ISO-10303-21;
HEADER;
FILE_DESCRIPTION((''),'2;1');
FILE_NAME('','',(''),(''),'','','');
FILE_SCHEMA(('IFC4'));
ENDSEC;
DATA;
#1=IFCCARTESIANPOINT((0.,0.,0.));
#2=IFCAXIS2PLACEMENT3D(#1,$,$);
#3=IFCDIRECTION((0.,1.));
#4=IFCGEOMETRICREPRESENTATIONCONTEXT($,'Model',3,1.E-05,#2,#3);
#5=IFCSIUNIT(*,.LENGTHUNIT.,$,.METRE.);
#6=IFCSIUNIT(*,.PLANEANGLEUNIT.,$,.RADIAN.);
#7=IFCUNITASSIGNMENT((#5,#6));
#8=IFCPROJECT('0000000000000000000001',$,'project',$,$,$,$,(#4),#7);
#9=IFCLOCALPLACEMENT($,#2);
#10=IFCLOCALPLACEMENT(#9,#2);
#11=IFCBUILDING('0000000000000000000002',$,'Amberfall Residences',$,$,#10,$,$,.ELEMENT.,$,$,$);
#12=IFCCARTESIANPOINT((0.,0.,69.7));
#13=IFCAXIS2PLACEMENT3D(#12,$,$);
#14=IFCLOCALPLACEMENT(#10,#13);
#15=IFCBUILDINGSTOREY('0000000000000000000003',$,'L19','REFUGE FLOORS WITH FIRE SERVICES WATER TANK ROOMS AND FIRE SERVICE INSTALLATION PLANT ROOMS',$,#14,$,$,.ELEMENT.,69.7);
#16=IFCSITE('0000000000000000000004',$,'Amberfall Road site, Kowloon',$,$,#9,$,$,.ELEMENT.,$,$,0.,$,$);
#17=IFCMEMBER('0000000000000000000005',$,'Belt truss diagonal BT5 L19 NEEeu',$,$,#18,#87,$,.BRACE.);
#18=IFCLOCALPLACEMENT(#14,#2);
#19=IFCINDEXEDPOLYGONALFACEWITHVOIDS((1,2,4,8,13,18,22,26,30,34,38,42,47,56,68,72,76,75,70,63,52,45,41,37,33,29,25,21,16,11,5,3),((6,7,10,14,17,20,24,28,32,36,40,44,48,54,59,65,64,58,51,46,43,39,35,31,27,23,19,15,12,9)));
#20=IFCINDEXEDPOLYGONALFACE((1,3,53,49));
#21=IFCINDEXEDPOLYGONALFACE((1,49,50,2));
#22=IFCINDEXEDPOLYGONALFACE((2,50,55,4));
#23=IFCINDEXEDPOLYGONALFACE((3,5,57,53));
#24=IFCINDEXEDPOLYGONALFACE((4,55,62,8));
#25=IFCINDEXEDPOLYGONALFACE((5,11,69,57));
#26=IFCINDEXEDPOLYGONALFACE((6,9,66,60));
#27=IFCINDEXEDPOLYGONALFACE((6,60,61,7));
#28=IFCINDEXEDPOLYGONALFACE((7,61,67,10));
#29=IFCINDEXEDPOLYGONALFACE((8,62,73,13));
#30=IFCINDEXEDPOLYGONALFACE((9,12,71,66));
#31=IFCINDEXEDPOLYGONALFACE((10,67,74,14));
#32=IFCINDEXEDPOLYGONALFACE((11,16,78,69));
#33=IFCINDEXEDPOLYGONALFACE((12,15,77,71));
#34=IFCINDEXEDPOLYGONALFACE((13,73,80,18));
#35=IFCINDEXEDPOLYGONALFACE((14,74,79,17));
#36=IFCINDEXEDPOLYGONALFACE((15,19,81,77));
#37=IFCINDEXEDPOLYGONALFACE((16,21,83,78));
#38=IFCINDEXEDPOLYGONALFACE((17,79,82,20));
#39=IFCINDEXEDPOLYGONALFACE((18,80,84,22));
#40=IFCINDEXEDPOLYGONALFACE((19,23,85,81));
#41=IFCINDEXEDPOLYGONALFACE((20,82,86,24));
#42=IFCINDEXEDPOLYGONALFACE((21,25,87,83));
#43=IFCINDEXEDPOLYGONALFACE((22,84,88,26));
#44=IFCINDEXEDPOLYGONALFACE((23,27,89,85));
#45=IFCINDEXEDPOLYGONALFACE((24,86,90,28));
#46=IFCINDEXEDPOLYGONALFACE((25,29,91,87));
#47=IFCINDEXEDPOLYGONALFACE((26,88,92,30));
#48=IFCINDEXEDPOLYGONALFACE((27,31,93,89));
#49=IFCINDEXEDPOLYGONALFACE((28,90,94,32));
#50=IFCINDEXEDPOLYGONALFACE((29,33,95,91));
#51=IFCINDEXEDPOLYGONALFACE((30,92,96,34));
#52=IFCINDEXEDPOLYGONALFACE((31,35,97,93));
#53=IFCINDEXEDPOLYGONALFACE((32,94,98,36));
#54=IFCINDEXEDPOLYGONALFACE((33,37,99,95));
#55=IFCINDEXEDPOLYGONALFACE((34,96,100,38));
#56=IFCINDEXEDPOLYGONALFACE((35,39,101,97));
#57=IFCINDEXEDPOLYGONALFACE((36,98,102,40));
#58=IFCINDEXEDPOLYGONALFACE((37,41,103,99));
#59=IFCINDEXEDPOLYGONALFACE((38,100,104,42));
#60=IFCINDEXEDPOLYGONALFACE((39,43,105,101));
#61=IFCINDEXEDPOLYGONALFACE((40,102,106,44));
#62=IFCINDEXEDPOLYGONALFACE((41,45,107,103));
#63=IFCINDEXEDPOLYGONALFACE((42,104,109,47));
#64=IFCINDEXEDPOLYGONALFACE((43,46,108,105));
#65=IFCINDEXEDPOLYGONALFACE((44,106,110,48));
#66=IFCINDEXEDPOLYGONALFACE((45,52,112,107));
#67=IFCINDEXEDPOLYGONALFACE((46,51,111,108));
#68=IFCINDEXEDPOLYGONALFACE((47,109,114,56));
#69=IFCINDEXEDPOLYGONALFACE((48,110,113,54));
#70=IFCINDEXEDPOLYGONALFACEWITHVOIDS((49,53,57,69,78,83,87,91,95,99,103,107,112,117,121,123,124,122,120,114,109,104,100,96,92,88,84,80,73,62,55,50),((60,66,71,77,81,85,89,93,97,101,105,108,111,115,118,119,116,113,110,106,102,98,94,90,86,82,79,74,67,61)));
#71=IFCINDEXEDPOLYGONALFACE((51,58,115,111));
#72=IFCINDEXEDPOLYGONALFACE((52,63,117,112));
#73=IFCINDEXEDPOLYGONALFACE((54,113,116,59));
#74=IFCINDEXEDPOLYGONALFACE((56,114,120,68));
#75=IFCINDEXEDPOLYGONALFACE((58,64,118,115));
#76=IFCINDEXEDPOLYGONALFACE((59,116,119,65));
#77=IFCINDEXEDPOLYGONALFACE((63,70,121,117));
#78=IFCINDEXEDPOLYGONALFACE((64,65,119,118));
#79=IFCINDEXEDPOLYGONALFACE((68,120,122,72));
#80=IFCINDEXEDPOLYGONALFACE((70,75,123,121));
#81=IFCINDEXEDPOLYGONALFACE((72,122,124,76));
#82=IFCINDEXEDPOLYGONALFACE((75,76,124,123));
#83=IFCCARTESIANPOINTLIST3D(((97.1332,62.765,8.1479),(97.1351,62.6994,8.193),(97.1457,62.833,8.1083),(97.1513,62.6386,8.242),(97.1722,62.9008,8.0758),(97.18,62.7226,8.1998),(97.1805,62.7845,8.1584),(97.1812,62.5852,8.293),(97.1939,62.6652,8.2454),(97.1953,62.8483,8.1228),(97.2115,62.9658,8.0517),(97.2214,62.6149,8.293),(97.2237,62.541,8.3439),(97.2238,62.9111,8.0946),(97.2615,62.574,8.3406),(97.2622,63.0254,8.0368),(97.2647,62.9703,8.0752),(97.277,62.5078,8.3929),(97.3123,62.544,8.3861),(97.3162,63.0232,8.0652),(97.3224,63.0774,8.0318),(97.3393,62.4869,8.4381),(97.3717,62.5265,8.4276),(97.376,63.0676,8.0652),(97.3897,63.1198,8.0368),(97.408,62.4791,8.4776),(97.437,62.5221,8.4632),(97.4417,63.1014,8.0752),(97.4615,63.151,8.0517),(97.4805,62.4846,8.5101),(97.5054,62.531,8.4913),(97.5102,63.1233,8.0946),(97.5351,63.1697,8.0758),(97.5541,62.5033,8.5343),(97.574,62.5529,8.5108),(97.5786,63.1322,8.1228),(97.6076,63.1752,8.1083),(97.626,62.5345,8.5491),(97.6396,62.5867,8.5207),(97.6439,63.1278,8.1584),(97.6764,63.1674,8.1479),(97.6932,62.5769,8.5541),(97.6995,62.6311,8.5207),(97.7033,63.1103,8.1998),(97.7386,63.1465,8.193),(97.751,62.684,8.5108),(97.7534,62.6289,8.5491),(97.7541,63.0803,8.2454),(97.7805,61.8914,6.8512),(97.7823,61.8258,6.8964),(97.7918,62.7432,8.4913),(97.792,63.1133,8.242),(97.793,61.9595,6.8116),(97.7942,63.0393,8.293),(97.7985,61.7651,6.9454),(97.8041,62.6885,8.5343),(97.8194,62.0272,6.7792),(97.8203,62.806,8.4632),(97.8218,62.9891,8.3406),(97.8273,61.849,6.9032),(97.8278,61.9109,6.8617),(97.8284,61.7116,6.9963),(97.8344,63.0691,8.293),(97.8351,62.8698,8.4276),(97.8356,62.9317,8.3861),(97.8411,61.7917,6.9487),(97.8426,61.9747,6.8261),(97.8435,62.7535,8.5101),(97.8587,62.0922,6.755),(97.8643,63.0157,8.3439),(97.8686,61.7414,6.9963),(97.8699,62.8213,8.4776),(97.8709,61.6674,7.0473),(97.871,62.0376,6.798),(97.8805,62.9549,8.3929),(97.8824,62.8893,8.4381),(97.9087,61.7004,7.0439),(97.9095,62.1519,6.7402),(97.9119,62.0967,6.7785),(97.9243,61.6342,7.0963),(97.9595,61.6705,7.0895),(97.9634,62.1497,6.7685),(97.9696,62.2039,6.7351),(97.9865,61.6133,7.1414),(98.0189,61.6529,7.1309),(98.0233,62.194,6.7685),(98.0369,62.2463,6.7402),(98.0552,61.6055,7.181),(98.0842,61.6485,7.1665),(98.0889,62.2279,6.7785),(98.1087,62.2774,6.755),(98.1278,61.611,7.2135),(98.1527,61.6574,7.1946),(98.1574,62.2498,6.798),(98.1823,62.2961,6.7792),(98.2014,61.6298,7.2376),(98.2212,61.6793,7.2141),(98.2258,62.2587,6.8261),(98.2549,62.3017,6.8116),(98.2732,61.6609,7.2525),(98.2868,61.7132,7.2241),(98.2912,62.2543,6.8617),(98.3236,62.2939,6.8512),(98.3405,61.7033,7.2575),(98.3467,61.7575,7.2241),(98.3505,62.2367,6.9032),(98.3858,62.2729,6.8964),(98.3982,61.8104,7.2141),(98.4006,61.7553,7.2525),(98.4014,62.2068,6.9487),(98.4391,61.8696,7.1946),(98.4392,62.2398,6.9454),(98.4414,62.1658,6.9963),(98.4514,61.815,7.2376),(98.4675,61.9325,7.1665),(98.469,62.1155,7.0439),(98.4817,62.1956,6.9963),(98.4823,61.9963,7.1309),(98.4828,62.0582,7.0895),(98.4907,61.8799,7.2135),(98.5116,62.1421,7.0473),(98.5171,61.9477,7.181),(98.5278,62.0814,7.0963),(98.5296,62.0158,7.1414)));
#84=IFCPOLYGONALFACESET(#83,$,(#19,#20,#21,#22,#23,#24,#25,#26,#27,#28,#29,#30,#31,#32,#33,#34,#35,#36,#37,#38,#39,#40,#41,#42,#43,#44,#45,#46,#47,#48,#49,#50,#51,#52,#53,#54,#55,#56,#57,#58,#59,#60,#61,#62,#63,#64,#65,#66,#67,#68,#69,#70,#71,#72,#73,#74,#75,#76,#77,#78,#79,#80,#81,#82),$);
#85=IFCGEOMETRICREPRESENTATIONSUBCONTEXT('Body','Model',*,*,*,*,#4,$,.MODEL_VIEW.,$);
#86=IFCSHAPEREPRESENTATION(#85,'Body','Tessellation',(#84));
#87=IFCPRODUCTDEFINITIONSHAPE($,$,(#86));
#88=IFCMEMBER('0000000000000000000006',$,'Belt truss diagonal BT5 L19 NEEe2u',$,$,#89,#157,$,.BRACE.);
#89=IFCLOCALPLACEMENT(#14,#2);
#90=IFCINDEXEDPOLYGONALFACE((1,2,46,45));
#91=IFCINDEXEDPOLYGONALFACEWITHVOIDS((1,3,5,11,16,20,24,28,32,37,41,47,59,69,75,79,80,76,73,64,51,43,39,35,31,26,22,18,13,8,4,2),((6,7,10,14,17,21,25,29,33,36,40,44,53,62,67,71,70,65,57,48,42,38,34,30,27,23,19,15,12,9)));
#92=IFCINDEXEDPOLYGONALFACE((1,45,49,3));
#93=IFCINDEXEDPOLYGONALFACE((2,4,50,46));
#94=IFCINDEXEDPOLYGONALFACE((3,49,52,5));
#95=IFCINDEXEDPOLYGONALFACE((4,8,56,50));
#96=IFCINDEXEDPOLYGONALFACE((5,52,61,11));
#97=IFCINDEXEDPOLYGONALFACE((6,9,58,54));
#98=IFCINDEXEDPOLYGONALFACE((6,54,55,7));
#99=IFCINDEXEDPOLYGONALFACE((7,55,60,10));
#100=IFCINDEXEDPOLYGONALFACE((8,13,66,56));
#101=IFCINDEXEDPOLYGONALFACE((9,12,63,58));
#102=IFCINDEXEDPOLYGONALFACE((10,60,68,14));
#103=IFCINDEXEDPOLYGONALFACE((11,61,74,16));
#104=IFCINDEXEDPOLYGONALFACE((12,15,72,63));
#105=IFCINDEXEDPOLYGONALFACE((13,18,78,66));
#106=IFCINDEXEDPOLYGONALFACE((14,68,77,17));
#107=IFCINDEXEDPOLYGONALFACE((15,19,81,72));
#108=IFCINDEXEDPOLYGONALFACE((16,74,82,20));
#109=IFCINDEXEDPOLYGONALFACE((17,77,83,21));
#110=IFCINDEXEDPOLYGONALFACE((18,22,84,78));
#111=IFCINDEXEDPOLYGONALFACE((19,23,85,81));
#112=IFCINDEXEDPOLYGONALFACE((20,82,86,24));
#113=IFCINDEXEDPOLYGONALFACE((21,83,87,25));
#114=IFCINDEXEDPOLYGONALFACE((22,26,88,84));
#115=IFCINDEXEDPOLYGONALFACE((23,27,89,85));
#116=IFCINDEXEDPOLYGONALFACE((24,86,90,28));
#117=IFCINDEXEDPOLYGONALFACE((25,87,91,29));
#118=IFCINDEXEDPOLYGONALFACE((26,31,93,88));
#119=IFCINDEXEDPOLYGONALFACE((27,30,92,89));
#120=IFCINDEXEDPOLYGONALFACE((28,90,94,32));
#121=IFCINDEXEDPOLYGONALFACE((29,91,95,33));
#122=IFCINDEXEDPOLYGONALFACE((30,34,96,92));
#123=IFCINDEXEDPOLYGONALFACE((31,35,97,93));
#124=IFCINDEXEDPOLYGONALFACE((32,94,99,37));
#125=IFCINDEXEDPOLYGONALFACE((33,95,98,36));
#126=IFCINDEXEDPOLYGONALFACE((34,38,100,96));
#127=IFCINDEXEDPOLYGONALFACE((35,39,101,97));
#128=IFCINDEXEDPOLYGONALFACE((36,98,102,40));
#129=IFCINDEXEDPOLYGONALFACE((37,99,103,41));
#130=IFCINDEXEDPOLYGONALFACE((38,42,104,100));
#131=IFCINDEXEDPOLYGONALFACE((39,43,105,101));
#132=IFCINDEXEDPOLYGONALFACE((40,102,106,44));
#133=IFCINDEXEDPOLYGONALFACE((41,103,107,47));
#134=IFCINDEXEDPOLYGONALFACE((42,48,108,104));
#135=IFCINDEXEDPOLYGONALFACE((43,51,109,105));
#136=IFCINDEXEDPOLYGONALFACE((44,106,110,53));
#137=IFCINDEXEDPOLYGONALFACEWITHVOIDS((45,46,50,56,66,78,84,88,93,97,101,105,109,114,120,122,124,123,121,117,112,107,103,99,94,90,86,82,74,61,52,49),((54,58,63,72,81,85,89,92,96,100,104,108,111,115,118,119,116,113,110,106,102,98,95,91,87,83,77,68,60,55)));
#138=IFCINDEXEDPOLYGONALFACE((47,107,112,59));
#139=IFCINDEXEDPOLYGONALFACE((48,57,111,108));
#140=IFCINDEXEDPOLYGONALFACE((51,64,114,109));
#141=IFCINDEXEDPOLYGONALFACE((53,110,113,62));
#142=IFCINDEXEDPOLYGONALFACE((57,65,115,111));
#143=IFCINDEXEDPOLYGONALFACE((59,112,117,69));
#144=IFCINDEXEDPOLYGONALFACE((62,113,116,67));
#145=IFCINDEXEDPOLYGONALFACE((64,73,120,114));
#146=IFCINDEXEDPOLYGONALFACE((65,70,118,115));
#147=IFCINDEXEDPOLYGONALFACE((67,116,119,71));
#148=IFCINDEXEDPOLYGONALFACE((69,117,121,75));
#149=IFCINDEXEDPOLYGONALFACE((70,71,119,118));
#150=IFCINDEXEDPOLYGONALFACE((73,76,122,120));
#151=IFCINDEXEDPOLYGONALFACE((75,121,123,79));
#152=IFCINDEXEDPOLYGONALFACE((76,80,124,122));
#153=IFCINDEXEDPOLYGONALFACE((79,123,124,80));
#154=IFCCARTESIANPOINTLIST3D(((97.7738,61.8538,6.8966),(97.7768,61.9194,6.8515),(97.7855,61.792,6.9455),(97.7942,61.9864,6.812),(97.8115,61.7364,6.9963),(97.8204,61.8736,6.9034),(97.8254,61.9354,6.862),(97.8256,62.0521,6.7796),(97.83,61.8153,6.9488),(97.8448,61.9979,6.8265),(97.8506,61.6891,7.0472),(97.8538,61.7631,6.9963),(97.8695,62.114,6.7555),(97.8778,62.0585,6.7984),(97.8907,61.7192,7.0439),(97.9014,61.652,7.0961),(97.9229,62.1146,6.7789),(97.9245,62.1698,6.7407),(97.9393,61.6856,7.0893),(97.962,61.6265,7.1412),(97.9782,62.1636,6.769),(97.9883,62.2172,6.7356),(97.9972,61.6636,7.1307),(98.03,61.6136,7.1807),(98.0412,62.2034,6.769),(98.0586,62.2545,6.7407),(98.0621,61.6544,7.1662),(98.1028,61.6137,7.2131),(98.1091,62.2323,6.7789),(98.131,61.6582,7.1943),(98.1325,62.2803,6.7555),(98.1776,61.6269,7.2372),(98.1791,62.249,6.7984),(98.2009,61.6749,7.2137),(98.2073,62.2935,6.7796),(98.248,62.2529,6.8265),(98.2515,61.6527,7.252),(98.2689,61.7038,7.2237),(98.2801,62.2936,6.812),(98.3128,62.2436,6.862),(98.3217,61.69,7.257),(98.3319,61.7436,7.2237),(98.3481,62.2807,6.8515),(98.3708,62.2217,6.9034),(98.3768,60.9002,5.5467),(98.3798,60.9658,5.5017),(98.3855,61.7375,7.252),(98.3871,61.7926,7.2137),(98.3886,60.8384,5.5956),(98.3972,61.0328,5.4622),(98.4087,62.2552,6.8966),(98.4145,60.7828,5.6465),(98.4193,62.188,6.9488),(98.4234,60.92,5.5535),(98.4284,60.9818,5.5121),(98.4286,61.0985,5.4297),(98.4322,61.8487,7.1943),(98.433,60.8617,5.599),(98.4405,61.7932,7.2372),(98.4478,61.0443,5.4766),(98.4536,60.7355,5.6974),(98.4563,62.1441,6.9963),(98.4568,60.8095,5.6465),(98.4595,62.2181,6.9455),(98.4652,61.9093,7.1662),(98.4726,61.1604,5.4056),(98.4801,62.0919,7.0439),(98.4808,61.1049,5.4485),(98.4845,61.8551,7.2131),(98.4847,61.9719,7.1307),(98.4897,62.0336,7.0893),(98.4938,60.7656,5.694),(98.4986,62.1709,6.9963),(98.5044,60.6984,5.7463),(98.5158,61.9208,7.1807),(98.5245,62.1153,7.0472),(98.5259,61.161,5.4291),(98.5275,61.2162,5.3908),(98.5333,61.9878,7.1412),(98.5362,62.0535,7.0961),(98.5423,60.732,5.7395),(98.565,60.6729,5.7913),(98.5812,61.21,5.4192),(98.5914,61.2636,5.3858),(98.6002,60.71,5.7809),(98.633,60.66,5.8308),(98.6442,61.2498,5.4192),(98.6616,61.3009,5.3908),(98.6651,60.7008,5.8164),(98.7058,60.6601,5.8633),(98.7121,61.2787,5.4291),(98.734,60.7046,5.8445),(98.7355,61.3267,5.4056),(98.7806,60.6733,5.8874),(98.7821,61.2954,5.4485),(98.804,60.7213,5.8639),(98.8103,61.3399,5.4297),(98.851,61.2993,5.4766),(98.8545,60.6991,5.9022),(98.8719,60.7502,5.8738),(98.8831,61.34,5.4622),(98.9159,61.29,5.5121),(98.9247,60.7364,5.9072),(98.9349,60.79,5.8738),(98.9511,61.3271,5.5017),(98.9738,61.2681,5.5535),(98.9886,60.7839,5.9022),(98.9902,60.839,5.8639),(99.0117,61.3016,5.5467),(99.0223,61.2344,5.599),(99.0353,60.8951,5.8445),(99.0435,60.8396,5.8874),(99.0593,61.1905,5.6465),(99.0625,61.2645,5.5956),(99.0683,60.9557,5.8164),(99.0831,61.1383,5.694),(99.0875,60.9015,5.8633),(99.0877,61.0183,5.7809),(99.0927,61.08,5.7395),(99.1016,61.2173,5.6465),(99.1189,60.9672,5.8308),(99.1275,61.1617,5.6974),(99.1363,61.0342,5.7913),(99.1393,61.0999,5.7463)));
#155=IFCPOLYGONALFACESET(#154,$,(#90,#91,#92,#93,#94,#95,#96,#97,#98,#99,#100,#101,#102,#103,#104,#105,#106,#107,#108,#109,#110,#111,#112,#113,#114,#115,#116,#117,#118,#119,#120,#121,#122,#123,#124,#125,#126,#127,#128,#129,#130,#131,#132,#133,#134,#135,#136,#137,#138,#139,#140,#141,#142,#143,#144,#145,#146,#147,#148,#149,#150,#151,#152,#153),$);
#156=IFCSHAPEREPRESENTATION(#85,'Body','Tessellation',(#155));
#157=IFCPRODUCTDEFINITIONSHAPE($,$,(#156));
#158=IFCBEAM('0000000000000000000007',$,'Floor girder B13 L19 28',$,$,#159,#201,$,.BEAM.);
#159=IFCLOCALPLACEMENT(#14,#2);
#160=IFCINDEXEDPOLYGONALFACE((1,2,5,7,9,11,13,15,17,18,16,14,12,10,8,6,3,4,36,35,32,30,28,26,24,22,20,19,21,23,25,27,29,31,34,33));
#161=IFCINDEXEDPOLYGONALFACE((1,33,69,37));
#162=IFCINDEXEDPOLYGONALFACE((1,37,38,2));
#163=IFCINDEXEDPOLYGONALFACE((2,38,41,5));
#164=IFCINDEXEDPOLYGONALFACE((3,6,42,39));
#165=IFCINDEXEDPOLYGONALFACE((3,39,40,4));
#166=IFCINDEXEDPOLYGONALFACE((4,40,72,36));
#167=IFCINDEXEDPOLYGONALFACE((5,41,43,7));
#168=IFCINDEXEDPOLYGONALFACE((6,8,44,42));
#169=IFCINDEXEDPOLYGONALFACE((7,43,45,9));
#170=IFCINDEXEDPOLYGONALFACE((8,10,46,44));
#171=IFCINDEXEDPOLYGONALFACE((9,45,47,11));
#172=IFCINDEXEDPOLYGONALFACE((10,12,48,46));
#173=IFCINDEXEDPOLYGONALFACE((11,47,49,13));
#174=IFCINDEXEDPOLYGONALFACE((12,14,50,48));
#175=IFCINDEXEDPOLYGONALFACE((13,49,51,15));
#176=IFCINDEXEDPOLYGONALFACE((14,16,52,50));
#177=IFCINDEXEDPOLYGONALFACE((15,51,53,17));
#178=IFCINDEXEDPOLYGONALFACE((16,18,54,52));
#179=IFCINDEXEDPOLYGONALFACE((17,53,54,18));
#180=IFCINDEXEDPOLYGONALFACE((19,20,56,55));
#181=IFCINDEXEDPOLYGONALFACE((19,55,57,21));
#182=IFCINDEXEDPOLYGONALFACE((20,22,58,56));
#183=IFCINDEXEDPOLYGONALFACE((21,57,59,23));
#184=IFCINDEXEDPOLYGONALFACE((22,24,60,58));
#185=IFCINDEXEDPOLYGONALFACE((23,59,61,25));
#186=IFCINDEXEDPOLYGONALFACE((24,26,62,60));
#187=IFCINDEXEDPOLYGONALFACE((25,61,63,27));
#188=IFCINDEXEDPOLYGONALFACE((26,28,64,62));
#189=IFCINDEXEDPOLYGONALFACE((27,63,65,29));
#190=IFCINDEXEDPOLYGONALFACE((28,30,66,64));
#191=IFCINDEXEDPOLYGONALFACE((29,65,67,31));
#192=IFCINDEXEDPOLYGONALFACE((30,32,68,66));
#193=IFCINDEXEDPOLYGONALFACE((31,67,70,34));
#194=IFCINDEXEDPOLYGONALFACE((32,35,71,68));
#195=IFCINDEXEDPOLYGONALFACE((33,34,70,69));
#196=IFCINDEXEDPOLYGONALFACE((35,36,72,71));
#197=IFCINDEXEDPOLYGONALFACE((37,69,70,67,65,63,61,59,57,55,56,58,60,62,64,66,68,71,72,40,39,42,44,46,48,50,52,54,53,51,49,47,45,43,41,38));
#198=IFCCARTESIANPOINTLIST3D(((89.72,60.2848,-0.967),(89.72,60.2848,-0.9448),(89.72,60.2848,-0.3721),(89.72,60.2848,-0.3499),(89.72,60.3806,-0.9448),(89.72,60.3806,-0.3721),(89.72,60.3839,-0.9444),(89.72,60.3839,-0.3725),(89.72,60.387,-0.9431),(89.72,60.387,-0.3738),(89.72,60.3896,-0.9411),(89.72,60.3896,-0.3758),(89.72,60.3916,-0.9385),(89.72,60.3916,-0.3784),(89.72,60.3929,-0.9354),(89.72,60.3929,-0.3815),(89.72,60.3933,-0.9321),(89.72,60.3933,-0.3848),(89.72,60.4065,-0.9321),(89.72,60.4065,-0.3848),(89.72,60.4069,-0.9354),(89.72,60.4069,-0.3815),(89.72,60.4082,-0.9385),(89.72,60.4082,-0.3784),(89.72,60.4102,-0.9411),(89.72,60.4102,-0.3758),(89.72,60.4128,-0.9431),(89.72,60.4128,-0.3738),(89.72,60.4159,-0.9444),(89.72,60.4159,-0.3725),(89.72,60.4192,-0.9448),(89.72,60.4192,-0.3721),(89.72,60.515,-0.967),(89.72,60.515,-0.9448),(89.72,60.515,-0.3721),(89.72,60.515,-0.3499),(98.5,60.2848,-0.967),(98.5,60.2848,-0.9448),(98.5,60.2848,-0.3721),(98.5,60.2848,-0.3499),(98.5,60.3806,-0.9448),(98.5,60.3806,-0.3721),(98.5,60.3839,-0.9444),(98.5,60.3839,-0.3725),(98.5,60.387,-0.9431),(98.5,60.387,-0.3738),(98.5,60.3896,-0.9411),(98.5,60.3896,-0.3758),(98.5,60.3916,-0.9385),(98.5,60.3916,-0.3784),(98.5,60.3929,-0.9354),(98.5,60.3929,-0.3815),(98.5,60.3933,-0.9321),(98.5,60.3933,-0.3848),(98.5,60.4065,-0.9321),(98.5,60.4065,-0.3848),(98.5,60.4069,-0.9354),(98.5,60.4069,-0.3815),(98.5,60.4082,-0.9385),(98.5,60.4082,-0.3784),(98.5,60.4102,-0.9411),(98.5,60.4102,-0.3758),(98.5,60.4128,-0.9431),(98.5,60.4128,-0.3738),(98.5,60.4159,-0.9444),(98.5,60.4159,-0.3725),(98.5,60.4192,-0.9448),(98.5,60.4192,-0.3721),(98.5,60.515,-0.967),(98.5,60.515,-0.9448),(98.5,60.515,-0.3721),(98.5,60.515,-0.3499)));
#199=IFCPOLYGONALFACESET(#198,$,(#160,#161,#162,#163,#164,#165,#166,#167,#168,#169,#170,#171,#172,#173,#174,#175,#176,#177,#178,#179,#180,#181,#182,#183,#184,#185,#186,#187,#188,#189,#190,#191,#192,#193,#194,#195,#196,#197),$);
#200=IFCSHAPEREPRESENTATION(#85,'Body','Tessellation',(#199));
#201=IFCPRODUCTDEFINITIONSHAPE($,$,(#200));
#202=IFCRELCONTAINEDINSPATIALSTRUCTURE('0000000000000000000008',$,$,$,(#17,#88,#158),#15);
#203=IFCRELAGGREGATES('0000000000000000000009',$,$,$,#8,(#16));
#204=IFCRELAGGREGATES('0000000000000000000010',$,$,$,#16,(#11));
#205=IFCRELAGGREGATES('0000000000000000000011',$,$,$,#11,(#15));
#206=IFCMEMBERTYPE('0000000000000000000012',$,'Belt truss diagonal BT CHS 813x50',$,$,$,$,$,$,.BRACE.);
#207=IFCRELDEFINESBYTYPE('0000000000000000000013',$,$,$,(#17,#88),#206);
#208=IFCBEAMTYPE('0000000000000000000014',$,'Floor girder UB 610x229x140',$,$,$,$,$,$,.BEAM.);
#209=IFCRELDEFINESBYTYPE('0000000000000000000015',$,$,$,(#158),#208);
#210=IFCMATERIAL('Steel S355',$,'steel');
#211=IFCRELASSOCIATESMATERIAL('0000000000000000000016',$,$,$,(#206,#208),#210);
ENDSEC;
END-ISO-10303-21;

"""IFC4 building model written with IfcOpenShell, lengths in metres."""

from ifc_helpers import new_model, si_unit, direction, frame, origin, origin_2d, place, context, subcontext, project, spatial, hollow_circle, i_section, extrude, material, material_profile, profile_set, type_object, element, save


model = new_model("IFC4")

# Units and contexts
model_context = context("Model", 3, precision=1e-05, world=origin(), true_north=direction((0.0, 1.0)))
body_context = subcontext(model_context, "Body", "Model", "MODEL_VIEW")
ifc_project = project(units=[si_unit("LENGTHUNIT", "METRE"), si_unit("PLANEANGLEUNIT", "RADIAN")], contexts=[model_context])

# Site, building, storey
site_placement = place(None, origin())
site = spatial("IfcSite", under=ifc_project, at=site_placement, Name="Amberfall Road site, Kowloon", CompositionType="ELEMENT", RefElevation=0.0)
building_placement = place(site_placement, origin())
building = spatial("IfcBuilding", under=site, at=building_placement, Name="Amberfall Residences", CompositionType="ELEMENT")
storey_placement = place(building_placement, frame((0.0, 0.0, 69.7)))
storey = spatial("IfcBuildingStorey", under=building, at=storey_placement, Name="L19", Description="REFUGE FLOORS WITH FIRE SERVICES WATER TANK ROOMS AND FIRE SERVICE INSTALLATION PLANT ROOMS", CompositionType="ELEMENT", Elevation=69.7)

# Shared definitions
ifc_material_1 = material(Name="Steel S355", Category="steel")

# Members
ifc_material_profile_1 = material_profile(ifc_material_1, hollow_circle(Radius=0.4065, WallThickness=0.05, at=origin_2d()), Name="CHS 813x50")
ifc_profile_set_1 = profile_set([ifc_material_profile_1], Name="Steel S355")
member_type_1 = type_object("IfcMemberType", Name="Belt truss diagonal BT CHS 813x50", PredefinedType="BRACE", material=ifc_profile_set_1)
member_1_placement = place(storey_placement, frame((97.5078, 62.8271, 8.293), z_axis=(0.382493, -0.516243, -0.766285), x_axis=(0.80349, 0.595319, 0.0)))
element("IfcMember", 1, at=member_1_placement, inside=storey, type_object=member_type_1, Name="Belt truss diagonal BT5 L19 NEEeu", PredefinedType="BRACE", context=body_context, shape_type="SweptSolid", body=[
    extrude(hollow_circle(Radius=0.4065, WallThickness=0.05, at=origin_2d()), origin(), (0.0, 0.0, 1.0), 1.6921),
])
member_2_placement = place(storey_placement, frame((98.155, 61.9536, 6.9963), z_axis=(0.342766, -0.542042, -0.767269), x_axis=(0.845191, 0.534465, 0.0)))
element("IfcMember", 2, at=member_2_placement, inside=storey, type_object=member_type_1, Name="Belt truss diagonal BT5 L19 NEEe2u", PredefinedType="BRACE", context=body_context, shape_type="SweptSolid", body=[
    extrude(hollow_circle(Radius=0.4065, WallThickness=0.05, at=origin_2d()), origin(), (0.0, 0.0, 1.0), 1.7593),
])

# Beam
ifc_material_profile_2 = material_profile(ifc_material_1, i_section(OverallWidth=0.2302, OverallDepth=0.6172, WebThickness=0.0132, FlangeThickness=0.0222, FilletRadius=0.0127, at=origin_2d()), Name="UB 610x229x140")
ifc_profile_set_2 = profile_set([ifc_material_profile_2], Name="Steel S355")
beam_type_1 = type_object("IfcBeamType", Name="Floor girder UB 610x229x140", PredefinedType="BEAM", material=ifc_profile_set_2)
beam_1_placement = place(storey_placement, frame((98.5, 60.3999, -0.6584), z_axis=(-1.0, 0.0, 0.0), x_axis=(0.0, -1.0, 0.0)))
element("IfcBeam", 3, at=beam_1_placement, inside=storey, type_object=beam_type_1, Name="Floor girder B13 L19 28", PredefinedType="BEAM", context=body_context, shape_type="SweptSolid", body=[
    extrude(i_section(OverallWidth=0.2302, OverallDepth=0.6172, WebThickness=0.0132, FlangeThickness=0.0222, FilletRadius=0.0127, at=origin_2d()), origin(), (0.0, 0.0, 1.0), 8.78),
])

save(model, "model.ifc")
